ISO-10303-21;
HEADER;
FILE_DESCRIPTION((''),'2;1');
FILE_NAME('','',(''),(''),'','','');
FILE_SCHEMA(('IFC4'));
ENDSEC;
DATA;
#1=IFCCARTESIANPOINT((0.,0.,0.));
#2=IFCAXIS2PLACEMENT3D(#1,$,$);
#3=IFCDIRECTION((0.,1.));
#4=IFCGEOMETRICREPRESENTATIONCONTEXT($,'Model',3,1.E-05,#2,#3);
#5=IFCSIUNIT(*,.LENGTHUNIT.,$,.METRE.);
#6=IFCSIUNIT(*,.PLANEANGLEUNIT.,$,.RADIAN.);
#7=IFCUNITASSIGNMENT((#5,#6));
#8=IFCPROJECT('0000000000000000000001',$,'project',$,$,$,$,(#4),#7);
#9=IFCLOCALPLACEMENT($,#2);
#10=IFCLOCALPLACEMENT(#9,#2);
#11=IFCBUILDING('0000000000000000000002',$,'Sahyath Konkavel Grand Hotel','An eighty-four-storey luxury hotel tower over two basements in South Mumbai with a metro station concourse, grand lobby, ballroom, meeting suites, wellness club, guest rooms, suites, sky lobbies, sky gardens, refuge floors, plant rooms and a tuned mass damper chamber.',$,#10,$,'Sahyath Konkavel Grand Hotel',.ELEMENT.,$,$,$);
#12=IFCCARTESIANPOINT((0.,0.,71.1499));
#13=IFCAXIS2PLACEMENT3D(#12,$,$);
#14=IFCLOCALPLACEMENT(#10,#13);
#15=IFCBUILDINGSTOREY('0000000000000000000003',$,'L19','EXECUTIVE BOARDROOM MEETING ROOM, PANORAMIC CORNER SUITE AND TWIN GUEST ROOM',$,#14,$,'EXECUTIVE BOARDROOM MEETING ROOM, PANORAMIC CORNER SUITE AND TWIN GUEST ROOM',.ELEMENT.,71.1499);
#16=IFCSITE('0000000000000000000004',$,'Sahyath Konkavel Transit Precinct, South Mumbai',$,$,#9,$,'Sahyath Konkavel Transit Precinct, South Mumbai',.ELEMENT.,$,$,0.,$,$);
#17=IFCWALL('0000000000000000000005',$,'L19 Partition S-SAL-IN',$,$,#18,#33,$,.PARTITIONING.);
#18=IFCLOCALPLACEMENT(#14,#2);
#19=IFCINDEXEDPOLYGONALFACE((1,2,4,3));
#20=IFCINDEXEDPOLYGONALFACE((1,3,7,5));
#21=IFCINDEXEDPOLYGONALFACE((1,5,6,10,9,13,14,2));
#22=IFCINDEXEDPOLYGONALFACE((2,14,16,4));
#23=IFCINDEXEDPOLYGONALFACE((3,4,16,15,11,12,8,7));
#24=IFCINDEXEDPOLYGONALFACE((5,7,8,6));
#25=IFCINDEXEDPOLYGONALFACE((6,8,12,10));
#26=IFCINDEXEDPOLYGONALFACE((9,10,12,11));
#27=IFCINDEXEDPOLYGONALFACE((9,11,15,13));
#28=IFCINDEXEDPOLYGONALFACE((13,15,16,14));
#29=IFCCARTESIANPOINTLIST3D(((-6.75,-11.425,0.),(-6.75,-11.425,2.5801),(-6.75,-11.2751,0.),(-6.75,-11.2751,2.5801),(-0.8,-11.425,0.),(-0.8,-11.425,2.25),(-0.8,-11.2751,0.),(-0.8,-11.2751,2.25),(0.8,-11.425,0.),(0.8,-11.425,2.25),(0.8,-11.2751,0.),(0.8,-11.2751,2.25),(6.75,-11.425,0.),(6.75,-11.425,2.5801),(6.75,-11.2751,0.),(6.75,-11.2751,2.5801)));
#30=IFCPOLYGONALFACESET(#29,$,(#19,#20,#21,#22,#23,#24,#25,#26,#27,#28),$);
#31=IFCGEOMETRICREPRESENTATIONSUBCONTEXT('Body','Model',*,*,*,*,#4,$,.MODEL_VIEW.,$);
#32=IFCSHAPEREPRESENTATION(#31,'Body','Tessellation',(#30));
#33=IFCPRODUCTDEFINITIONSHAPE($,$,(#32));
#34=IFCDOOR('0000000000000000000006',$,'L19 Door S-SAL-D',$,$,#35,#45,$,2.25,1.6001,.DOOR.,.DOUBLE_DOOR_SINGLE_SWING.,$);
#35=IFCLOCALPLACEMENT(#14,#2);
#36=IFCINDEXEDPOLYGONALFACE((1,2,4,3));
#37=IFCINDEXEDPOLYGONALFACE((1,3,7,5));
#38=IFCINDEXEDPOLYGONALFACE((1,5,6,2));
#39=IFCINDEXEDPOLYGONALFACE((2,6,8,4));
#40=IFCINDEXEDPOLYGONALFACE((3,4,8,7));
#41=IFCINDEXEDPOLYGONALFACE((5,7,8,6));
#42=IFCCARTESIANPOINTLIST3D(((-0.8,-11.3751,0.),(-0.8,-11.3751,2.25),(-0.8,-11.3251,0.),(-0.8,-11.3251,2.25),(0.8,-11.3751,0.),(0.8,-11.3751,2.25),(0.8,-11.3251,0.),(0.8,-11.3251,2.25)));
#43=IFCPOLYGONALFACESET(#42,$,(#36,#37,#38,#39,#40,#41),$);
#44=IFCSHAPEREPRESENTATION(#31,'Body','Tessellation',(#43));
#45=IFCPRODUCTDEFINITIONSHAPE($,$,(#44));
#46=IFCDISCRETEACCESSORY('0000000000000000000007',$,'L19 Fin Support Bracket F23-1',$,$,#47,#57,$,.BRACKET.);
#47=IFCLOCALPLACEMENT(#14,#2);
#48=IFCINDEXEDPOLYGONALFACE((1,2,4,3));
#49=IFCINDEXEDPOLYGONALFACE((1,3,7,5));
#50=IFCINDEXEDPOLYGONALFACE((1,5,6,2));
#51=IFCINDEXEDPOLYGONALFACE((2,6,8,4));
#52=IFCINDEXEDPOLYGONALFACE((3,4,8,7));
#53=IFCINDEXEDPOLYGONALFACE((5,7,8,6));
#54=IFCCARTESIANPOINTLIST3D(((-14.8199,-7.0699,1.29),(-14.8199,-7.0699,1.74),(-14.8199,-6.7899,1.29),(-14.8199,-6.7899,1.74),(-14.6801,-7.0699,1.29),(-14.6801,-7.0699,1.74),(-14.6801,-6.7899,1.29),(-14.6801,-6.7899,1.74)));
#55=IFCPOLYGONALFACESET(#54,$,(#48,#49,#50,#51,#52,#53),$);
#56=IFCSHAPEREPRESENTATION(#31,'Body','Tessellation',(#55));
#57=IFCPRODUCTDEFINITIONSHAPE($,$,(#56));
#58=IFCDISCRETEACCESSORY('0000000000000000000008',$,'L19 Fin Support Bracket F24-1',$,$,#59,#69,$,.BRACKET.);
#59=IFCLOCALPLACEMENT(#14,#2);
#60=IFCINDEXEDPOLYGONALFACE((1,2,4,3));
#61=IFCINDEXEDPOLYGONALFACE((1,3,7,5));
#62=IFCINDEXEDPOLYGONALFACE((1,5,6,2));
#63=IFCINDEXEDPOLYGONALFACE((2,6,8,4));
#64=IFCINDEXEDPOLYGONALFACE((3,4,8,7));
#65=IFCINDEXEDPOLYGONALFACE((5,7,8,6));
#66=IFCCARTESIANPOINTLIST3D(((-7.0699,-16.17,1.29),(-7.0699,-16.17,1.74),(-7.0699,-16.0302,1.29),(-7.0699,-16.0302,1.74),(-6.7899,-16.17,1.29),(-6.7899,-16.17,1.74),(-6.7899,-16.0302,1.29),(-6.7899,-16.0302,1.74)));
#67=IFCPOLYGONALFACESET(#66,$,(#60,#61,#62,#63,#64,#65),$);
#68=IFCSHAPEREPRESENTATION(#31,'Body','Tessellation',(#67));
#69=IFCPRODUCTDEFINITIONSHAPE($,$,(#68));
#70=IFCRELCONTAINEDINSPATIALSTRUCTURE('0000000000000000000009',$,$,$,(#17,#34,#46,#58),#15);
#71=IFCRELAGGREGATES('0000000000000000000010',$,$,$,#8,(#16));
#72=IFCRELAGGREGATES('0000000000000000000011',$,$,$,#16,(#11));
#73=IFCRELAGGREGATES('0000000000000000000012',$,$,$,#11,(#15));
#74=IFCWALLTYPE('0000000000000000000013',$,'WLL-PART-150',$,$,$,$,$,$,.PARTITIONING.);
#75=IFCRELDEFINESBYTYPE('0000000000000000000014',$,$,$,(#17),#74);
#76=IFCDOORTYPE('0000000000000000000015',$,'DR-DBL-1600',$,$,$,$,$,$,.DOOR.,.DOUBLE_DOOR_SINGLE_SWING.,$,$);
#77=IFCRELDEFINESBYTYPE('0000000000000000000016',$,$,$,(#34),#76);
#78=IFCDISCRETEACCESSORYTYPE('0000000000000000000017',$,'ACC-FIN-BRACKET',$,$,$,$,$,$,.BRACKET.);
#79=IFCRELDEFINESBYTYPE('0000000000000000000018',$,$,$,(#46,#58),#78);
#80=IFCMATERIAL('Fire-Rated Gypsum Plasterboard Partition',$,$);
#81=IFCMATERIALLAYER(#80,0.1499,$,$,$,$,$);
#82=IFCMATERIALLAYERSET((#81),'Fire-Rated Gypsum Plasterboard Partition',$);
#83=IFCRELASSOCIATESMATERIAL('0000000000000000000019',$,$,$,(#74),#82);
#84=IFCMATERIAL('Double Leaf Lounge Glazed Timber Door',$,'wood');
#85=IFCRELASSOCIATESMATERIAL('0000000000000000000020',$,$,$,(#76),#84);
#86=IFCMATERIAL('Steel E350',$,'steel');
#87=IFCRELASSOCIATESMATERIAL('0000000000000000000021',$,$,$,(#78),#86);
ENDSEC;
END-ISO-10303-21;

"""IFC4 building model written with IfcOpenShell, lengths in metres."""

from ifc_helpers import new_model, si_unit, direction, frame, frame_2d, origin, origin_2d, place, context, subcontext, project, spatial, rectangle, extrude, source, transform, mapped, material, layer, layer_set, type_object, element, fill, save


model = new_model("IFC4")

# Units and contexts
model_context = context("Model", 3, precision=1e-05, world=origin(), true_north=direction((0.0, 1.0)))
body_context = subcontext(model_context, "Body", "Model", "MODEL_VIEW")
ifc_project = project(units=[si_unit("LENGTHUNIT", "METRE"), si_unit("PLANEANGLEUNIT", "RADIAN")], contexts=[model_context])

# Site, building, storey
site_placement = place(None, origin())
site = spatial("IfcSite", under=ifc_project, at=site_placement, Name="Sahyath Konkavel Transit Precinct, South Mumbai", LongName="Sahyath Konkavel Transit Precinct, South Mumbai", CompositionType="ELEMENT", RefElevation=0.0)
building_placement = place(site_placement, origin())
building = spatial("IfcBuilding", under=site, at=building_placement, Name="Sahyath Konkavel Grand Hotel", Description="An eighty-four-storey luxury hotel tower over two basements in South Mumbai with a metro station concourse, grand lobby, ballroom, meeting suites, wellness club, guest rooms, suites, sky lobbies, sky gardens, refuge floors, plant rooms and a tuned mass damper chamber.", LongName="Sahyath Konkavel Grand Hotel", CompositionType="ELEMENT")
storey_placement = place(building_placement, frame((0.0, 0.0, 71.1499)))
storey = spatial("IfcBuildingStorey", under=building, at=storey_placement, Name="L19", Description="EXECUTIVE BOARDROOM MEETING ROOM, PANORAMIC CORNER SUITE AND TWIN GUEST ROOM", LongName="EXECUTIVE BOARDROOM MEETING ROOM, PANORAMIC CORNER SUITE AND TWIN GUEST ROOM", CompositionType="ELEMENT", Elevation=71.1499)

# Shared definitions
ifc_material_1 = material(Name="Steel E350", Category="steel")

# Wall, opening, door
ifc_material_2 = material(Name="Fire-Rated Gypsum Plasterboard Partition")
ifc_layer_1 = layer(ifc_material_2, 0.1499)
ifc_layer_set_1 = layer_set([ifc_layer_1], Name="Fire-Rated Gypsum Plasterboard Partition")
wall_type_1 = type_object("IfcWallType", Name="WLL-PART-150", PredefinedType="PARTITIONING", material=ifc_layer_set_1)
wall_placement = place(storey_placement, frame((-6.75, -11.3501, 0.0), z_axis=(0.0, 0.0, 1.0), x_axis=(1.0, 0.0, 0.0)))
wall = element("IfcWall", 1, at=wall_placement, inside=storey, type_object=wall_type_1, Name="L19 Partition S-SAL-IN", PredefinedType="PARTITIONING", context=body_context, shape_type="SweptSolid", body=[
    extrude(rectangle(XDim=13.5, YDim=0.1499, at=frame_2d((6.75, 0.0))), origin(), (0.0, 0.0, 1.0), 2.5801),
])
opening_placement = place(wall_placement, frame((5.95, 0.0, 0.0)))
opening = element("IfcOpeningElement", 2, at=opening_placement, cuts=wall, PredefinedType="OPENING", context=body_context, shape_type="SweptSolid", body=[
    extrude(rectangle(XDim=1.6001, YDim=2.25, at=frame_2d((0.8, 1.125))), frame((0.0, 0.085, 0.0), z_axis=(0.0, -1.0, 0.0), x_axis=(1.0, 0.0, 0.0)), (0.0, 0.0, 1.0), 0.1699),
])
ifc_material_3 = material(Name="Double Leaf Lounge Glazed Timber Door", Category="wood")
door_type = type_object("IfcDoorType", Name="DR-DBL-1600", OperationType="DOUBLE_DOOR_SINGLE_SWING", PredefinedType="DOOR", material=ifc_material_3)
shared_shape_1 = source(origin(), body_context, "Body", "SweptSolid", [
    extrude(rectangle(XDim=1.6001, YDim=0.05, at=origin_2d()), origin(), (0.0, 0.0, 1.0), 2.25),
])
door_placement = place(opening_placement, frame((0.8, 0.0, 0.0)))
door = element("IfcDoor", 3, at=door_placement, inside=storey, type_object=door_type, Name="L19 Door S-SAL-D", OperationType="DOUBLE_DOOR_SINGLE_SWING", OverallHeight=2.25, OverallWidth=1.6001, PredefinedType="DOOR", context=body_context, shape_type="MappedRepresentation", body=[
    mapped(shared_shape_1, transform((0.0, 0.0, 0.0), scale=1.0)),
])
fill(opening, door)

# Discrete accessories
discrete_accessory_type = type_object("IfcDiscreteAccessoryType", Name="ACC-FIN-BRACKET", PredefinedType="BRACKET", material=ifc_material_1)
shared_shape_2 = source(origin(), body_context, "Body", "SweptSolid", [
    extrude(rectangle(XDim=0.28, YDim=0.1399, at=origin_2d()), origin(), (0.0, 0.0, 1.0), 0.45),
])
for number, where, z_axis, x_axis, name in (
    (4, (-14.75, -6.9299, 1.29), (0.0, 0.0, 1.0), (0.0, -1.0, 0.0), "L19 Fin Support Bracket F23-1"),
    (5, (-6.9299, -16.1001, 1.29), (0.0, 0.0, 1.0), (-1.0, 0.0, 0.0), "L19 Fin Support Bracket F24-1"),
):
    element("IfcDiscreteAccessory", number, at=place(storey_placement, frame(where, z_axis=z_axis, x_axis=x_axis)), inside=storey, type_object=discrete_accessory_type, Name=name, PredefinedType="BRACKET", context=body_context, shape_type="MappedRepresentation", body=[
        mapped(shared_shape_2, transform((0.0, 0.0, 0.0), scale=1.0)),
    ])

save(model, "model.ifc")
